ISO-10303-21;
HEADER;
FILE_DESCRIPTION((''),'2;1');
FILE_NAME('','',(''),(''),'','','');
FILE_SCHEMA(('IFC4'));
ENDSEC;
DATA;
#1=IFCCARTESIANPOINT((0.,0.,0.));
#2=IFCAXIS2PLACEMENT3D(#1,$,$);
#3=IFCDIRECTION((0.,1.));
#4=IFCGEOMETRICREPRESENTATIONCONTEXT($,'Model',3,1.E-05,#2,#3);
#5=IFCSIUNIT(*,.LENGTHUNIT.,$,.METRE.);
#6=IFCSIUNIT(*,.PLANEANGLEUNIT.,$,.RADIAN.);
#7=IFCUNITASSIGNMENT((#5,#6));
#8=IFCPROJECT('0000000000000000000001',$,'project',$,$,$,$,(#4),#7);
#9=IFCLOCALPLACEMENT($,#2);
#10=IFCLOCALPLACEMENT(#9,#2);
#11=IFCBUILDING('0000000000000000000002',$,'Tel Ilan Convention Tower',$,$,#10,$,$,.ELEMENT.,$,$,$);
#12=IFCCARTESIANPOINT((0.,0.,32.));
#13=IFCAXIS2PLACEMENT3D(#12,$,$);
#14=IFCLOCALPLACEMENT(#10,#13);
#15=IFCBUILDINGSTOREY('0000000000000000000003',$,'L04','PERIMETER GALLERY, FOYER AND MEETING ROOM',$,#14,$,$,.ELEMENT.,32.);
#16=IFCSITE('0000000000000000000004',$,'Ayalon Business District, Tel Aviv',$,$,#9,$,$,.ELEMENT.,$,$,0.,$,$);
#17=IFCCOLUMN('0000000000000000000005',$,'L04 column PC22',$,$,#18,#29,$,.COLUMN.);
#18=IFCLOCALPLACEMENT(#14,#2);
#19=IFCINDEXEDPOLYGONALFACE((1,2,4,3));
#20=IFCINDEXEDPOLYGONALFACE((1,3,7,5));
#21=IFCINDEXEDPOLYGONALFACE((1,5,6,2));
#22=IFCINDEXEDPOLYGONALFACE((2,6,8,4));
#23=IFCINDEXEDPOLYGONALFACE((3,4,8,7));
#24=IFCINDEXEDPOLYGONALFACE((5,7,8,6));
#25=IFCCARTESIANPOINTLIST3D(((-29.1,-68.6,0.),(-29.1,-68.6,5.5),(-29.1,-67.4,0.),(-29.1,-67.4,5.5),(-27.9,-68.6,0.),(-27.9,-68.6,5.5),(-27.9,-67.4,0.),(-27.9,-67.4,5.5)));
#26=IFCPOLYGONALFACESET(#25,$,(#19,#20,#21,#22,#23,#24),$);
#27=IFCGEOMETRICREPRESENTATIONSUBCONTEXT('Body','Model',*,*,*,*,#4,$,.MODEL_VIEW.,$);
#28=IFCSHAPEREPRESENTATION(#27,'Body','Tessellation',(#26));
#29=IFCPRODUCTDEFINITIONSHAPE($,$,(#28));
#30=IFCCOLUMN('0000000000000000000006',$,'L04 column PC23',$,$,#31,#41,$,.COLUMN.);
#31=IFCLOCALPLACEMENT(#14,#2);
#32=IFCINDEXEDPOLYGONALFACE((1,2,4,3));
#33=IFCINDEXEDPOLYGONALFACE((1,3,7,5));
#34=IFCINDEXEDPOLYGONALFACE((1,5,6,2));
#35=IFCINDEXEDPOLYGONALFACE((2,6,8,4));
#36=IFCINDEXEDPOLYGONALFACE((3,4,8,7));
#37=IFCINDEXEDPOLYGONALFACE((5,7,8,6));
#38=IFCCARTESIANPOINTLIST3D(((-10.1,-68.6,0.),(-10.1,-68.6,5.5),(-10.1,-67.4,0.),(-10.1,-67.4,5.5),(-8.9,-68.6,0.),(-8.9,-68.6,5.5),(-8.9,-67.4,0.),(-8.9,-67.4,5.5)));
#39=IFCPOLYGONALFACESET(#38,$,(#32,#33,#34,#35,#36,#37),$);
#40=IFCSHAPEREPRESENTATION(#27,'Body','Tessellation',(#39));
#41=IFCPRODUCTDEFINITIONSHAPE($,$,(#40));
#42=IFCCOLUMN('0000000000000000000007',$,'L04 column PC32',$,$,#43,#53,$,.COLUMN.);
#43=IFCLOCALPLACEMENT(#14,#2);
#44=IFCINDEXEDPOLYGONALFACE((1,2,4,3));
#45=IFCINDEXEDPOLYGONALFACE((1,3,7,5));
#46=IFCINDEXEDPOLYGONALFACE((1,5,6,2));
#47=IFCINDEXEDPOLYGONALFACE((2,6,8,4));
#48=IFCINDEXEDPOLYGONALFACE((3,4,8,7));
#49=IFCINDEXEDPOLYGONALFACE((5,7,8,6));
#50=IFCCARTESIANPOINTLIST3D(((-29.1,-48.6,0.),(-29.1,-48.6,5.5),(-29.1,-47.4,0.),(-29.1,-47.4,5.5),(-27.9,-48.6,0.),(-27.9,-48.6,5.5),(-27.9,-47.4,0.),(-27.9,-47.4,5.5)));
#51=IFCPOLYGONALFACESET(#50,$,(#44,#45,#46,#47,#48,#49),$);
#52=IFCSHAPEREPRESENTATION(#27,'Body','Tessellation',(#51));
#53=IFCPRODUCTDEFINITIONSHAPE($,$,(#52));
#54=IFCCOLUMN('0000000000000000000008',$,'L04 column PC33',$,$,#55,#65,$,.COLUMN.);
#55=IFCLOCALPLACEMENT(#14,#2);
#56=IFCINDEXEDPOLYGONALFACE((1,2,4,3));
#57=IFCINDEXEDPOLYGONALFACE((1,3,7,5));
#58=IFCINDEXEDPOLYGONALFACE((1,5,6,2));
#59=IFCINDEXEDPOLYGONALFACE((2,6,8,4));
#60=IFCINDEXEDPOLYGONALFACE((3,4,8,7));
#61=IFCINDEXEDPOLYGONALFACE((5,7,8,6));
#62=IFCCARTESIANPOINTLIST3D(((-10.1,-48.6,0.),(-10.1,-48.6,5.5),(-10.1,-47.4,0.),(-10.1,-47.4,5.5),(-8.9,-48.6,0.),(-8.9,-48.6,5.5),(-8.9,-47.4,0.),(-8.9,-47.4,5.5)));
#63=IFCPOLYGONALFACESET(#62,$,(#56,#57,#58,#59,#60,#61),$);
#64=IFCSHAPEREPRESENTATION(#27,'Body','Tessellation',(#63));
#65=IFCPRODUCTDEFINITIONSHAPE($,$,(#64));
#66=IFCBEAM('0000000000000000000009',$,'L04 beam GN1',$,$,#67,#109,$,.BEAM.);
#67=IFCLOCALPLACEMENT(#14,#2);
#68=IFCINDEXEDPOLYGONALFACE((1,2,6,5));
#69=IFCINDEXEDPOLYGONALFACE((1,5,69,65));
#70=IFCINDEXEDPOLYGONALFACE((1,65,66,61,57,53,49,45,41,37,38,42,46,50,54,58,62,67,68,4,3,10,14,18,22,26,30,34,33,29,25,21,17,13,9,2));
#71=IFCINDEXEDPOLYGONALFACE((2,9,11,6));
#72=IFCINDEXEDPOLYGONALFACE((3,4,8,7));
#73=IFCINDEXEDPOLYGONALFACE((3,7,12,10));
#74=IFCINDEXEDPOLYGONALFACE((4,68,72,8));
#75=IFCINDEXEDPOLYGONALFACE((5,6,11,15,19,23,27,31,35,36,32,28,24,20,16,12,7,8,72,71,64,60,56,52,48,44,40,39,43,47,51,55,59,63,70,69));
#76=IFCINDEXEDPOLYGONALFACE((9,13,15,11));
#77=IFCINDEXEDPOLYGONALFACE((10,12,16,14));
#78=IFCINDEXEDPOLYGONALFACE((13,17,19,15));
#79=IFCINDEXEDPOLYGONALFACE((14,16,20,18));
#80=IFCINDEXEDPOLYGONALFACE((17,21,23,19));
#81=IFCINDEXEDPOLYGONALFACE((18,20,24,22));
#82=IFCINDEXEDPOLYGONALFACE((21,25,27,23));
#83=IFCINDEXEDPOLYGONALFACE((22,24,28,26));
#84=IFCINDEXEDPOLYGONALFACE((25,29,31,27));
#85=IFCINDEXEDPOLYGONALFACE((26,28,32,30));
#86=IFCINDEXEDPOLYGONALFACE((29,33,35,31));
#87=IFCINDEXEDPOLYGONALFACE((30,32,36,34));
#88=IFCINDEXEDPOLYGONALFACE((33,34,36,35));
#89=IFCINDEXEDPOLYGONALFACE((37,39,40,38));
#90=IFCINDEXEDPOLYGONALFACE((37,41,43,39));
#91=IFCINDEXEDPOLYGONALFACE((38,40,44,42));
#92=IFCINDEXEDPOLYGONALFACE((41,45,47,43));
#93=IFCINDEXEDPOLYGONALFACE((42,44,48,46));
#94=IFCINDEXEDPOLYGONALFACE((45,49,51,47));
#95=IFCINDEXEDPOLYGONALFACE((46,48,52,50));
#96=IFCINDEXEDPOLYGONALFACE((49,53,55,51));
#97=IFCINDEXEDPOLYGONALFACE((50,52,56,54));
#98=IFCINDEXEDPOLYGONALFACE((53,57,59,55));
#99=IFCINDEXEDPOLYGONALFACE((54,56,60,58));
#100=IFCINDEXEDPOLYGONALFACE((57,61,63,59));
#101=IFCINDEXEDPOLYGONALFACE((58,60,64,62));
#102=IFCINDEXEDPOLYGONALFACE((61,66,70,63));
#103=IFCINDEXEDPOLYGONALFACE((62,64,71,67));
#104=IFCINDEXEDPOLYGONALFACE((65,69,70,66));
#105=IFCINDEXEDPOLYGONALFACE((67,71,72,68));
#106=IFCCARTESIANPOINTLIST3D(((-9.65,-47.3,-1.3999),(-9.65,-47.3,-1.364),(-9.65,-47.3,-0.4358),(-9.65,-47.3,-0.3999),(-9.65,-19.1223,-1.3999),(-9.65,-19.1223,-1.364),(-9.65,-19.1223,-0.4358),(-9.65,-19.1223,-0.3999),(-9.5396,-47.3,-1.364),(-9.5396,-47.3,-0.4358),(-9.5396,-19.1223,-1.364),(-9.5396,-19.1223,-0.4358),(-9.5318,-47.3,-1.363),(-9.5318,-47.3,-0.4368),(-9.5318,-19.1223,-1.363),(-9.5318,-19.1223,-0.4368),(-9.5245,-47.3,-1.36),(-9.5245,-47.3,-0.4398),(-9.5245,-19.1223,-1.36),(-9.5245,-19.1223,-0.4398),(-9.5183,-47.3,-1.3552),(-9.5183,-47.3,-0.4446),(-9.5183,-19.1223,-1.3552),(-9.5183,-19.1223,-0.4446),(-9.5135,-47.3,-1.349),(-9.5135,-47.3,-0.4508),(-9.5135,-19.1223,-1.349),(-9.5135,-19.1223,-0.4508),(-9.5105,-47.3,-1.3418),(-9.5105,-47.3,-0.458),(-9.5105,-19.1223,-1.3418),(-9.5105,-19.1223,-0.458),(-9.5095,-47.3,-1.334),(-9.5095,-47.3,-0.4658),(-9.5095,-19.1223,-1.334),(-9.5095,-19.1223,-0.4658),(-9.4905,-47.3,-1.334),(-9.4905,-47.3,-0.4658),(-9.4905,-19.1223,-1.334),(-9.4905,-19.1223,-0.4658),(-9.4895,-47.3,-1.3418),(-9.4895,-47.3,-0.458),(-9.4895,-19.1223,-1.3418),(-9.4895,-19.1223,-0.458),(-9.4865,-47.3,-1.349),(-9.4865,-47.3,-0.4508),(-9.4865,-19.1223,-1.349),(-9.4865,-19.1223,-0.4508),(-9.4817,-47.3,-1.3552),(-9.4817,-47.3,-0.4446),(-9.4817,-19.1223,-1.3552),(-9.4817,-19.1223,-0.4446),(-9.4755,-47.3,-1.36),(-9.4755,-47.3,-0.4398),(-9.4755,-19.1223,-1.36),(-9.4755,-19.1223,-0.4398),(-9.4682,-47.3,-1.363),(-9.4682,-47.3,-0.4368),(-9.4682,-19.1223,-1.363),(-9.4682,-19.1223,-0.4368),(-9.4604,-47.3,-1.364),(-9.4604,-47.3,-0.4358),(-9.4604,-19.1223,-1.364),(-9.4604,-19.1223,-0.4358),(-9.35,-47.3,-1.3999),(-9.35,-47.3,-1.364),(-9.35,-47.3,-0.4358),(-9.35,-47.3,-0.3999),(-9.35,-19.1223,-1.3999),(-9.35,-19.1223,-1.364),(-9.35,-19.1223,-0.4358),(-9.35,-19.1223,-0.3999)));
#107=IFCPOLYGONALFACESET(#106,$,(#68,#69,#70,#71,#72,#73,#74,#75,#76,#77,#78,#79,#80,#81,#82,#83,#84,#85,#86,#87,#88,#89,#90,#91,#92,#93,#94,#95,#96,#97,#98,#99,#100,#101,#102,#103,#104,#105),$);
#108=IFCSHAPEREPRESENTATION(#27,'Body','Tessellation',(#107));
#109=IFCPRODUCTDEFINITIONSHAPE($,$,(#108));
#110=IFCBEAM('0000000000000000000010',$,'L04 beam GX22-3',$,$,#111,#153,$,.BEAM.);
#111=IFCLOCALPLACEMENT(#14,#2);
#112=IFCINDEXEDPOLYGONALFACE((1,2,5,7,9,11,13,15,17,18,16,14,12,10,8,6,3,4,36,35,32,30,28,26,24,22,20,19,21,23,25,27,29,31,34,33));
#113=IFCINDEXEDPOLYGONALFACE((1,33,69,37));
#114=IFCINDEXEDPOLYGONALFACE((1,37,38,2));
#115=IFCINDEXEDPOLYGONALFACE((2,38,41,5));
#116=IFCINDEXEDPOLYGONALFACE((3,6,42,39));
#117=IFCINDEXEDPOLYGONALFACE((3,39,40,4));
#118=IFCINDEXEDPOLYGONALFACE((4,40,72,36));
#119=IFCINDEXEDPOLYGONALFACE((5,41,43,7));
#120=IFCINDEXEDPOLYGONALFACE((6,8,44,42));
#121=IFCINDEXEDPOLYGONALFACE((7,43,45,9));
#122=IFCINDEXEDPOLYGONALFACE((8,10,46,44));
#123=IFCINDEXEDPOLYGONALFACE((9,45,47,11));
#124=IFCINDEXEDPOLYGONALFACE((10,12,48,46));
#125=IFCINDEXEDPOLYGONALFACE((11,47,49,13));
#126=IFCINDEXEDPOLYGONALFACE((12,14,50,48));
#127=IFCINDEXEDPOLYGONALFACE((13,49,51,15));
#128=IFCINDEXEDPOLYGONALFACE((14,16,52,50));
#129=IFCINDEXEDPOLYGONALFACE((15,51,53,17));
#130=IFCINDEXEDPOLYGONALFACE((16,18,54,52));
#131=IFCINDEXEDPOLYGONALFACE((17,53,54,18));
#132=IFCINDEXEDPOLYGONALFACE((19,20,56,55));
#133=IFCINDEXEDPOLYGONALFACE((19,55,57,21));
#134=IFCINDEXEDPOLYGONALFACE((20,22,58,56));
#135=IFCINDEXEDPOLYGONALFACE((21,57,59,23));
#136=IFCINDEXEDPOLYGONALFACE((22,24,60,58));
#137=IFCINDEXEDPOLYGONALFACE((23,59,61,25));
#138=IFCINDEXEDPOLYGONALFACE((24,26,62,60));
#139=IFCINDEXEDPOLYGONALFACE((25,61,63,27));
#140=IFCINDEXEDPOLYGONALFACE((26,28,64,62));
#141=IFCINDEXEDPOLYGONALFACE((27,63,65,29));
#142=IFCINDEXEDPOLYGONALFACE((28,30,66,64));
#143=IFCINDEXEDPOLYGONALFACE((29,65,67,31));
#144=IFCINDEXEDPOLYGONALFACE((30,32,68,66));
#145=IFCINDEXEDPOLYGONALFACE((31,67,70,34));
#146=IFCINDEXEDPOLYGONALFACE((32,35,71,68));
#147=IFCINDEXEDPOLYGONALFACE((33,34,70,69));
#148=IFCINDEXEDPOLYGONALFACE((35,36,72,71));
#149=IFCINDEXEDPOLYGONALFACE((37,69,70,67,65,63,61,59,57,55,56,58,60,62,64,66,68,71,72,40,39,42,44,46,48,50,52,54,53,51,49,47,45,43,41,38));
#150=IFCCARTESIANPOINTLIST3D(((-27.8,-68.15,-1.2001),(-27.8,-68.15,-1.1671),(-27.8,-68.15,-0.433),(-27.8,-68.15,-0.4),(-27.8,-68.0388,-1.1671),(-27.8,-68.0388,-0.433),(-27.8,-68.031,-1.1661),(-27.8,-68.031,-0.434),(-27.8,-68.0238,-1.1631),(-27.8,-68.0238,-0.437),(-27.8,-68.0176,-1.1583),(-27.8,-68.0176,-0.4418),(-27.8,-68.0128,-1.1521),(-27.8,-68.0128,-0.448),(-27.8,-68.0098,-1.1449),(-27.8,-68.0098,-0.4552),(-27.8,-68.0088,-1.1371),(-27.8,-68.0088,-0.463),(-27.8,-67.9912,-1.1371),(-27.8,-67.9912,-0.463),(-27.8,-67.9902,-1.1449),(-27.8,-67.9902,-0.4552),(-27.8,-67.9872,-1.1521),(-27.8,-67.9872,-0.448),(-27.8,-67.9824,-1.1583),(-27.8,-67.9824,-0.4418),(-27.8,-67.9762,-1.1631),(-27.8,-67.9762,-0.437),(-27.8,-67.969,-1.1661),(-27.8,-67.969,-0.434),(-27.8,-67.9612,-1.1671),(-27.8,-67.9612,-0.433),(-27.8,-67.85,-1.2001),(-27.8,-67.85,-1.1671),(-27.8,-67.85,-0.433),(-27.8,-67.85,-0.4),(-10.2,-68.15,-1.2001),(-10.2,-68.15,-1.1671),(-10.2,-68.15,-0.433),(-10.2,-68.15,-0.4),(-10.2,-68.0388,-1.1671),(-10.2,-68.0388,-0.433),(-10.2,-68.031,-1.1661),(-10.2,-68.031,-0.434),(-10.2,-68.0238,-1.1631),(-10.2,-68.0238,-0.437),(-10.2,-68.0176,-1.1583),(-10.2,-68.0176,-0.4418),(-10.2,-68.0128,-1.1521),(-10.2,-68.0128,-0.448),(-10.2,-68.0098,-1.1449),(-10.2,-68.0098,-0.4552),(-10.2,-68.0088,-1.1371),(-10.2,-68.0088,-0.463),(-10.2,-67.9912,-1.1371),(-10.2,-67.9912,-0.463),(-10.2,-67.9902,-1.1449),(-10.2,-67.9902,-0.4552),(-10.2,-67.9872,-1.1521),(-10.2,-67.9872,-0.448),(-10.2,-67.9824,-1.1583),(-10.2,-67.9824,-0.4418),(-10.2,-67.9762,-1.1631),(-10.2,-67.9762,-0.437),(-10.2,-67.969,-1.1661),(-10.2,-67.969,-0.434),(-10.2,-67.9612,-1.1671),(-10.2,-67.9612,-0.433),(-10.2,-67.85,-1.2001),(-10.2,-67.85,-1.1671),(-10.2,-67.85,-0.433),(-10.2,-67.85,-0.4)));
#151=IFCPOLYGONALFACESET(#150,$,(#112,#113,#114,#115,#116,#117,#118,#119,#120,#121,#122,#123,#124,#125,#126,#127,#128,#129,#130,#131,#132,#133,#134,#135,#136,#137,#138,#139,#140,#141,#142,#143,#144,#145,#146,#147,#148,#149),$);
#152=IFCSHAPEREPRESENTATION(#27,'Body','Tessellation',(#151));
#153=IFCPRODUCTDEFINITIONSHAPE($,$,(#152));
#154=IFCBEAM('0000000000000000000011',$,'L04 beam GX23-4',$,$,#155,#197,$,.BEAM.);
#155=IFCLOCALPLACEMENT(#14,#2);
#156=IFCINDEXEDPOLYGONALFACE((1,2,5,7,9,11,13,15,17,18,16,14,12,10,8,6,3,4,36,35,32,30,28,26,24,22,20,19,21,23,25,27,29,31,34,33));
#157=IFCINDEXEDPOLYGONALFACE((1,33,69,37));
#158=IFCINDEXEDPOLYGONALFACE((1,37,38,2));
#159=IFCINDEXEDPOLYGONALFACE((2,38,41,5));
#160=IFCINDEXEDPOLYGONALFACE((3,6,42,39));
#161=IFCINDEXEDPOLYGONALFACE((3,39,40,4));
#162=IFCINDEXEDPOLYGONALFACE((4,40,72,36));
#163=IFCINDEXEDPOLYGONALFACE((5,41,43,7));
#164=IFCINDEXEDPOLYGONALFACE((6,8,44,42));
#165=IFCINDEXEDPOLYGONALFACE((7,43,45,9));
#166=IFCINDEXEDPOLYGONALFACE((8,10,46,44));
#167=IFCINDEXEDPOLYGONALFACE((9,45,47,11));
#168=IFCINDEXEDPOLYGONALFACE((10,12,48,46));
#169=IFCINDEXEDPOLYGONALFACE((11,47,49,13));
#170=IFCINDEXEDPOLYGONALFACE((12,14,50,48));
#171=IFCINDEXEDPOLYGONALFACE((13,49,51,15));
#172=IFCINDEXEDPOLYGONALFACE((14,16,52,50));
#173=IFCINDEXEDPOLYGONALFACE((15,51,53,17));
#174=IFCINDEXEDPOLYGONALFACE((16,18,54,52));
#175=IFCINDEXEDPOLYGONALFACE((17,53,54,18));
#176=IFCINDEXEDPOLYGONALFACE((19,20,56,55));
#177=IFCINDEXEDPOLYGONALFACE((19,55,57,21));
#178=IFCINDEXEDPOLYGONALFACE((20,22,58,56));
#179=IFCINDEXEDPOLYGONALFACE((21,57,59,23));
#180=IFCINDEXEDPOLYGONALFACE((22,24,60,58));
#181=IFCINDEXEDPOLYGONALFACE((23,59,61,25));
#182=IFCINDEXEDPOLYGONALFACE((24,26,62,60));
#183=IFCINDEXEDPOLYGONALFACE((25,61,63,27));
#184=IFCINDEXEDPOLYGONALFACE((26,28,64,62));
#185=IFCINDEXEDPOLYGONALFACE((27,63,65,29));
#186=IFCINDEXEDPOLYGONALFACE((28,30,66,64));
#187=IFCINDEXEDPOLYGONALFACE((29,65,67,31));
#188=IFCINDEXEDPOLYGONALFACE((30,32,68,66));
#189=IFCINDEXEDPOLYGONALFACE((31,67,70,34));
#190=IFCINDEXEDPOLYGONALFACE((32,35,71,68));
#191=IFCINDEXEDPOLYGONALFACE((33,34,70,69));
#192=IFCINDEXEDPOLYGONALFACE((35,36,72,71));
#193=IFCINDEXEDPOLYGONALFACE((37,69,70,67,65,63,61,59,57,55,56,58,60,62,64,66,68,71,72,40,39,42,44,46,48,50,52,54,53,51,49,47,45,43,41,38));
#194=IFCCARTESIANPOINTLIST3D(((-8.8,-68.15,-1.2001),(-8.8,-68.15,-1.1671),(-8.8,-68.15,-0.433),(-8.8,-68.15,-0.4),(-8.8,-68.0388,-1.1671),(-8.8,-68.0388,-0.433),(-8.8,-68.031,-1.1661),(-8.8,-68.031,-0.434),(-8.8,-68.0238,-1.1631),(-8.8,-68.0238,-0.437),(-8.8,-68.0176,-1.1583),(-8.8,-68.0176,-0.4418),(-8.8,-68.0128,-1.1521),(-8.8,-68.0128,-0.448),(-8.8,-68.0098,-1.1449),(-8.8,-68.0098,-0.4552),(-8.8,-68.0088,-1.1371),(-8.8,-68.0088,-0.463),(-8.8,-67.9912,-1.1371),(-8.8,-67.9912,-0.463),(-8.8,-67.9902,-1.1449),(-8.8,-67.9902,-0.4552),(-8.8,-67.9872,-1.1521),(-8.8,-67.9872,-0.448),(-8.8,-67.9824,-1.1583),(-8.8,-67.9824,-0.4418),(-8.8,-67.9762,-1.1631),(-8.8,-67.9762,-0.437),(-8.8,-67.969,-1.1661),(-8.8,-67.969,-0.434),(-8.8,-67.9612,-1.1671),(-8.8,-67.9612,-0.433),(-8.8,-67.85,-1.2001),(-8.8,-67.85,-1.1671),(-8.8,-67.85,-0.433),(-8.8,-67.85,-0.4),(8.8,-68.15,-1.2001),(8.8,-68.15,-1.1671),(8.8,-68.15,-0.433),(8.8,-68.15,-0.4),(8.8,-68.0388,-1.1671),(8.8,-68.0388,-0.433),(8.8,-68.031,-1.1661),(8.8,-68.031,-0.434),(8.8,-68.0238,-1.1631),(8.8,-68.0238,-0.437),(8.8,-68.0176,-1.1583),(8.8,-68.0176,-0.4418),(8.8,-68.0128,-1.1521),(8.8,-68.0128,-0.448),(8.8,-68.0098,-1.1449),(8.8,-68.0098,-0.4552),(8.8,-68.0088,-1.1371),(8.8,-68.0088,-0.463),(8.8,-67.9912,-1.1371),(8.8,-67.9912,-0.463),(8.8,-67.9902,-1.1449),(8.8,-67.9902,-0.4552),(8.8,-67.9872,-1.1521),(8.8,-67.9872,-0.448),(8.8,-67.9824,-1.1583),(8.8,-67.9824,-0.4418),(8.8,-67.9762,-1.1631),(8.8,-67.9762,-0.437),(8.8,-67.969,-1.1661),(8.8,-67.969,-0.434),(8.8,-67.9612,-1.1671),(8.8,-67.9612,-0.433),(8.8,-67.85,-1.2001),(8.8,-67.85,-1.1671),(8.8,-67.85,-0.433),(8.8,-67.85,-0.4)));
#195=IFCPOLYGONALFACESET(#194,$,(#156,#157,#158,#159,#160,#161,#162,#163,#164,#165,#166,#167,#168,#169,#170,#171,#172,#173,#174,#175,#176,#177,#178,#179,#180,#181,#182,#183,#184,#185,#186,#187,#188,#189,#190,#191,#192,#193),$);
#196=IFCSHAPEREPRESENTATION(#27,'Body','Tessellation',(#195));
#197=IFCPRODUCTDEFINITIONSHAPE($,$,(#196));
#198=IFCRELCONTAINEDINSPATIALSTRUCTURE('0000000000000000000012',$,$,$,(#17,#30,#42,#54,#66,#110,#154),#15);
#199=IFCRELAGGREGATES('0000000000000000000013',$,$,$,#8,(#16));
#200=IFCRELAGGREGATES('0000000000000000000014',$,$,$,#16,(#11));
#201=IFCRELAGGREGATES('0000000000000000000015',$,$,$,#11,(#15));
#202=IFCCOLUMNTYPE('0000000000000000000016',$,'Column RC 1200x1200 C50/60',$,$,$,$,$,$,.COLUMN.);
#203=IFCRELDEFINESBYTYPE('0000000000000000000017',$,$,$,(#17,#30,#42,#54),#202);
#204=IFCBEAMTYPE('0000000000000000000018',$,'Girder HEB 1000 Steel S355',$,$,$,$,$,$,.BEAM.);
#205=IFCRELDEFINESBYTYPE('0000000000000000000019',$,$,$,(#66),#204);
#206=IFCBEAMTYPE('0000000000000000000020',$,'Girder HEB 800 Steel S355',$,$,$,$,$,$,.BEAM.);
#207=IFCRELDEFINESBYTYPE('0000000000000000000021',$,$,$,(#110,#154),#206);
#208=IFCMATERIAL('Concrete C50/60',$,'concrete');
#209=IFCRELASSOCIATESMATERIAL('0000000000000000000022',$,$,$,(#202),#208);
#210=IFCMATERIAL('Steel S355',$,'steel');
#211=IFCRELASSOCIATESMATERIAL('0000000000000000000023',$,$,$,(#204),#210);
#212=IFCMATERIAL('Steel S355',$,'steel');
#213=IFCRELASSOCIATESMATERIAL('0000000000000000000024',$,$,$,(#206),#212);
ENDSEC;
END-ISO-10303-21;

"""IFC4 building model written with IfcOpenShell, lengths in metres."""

from ifc_helpers import new_model, si_unit, direction, frame, origin, origin_2d, place, context, subcontext, project, spatial, rectangle, i_section, extrude, material, material_profile, profile_set, type_object, element, save


model = new_model("IFC4")

# Units and contexts
model_context = context("Model", 3, precision=1e-05, world=origin(), true_north=direction((0.0, 1.0)))
body_context = subcontext(model_context, "Body", "Model", "MODEL_VIEW")
ifc_project = project(units=[si_unit("LENGTHUNIT", "METRE"), si_unit("PLANEANGLEUNIT", "RADIAN")], contexts=[model_context])

# Site, building, storey
site_placement = place(None, origin())
site = spatial("IfcSite", under=ifc_project, at=site_placement, Name="Ayalon Business District, Tel Aviv", CompositionType="ELEMENT", RefElevation=0.0)
building_placement = place(site_placement, origin())
building = spatial("IfcBuilding", under=site, at=building_placement, Name="Tel Ilan Convention Tower", CompositionType="ELEMENT")
storey_placement = place(building_placement, frame((0.0, 0.0, 32.0)))
storey = spatial("IfcBuildingStorey", under=building, at=storey_placement, Name="L04", Description="PERIMETER GALLERY, FOYER AND MEETING ROOM", CompositionType="ELEMENT", Elevation=32.0)

# Columns
ifc_material_1 = material(Name="Concrete C50/60", Category="concrete")
ifc_material_profile_1 = material_profile(ifc_material_1, rectangle(XDim=1.2, YDim=1.2, at=origin_2d()), Name="RC 1200x1200")
ifc_profile_set_1 = profile_set([ifc_material_profile_1], Name="Concrete C50/60")
column_type = type_object("IfcColumnType", Name="Column RC 1200x1200 C50/60", PredefinedType="COLUMN", material=ifc_profile_set_1)
for number, where, z_axis, x_axis, name in (
    (1, (-28.5, -68.0, 0.0), (0.0, 0.0, 1.0), (1.0, 0.0, 0.0), "L04 column PC22"),
    (2, (-9.5, -68.0, 0.0), (0.0, 0.0, 1.0), (1.0, 0.0, 0.0), "L04 column PC23"),
    (3, (-28.5, -48.0, 0.0), (0.0, 0.0, 1.0), (1.0, 0.0, 0.0), "L04 column PC32"),
    (4, (-9.5, -48.0, 0.0), (0.0, 0.0, 1.0), (1.0, 0.0, 0.0), "L04 column PC33"),
):
    element("IfcColumn", number, at=place(storey_placement, frame(where, z_axis=z_axis, x_axis=x_axis)), inside=storey, type_object=column_type, Name=name, PredefinedType="COLUMN", context=body_context, shape_type="SweptSolid", body=[
        extrude(rectangle(XDim=1.2, YDim=1.2, at=origin_2d()), origin(), (0.0, 0.0, 1.0), 5.5),
    ])

# Beams
ifc_material_2 = material(Name="Steel S355", Category="steel")
ifc_material_profile_2 = material_profile(ifc_material_2, i_section(OverallWidth=0.3, OverallDepth=1.0, WebThickness=0.019, FlangeThickness=0.0359, FilletRadius=0.03, at=origin_2d()), Name="HEB 1000")
ifc_profile_set_2 = profile_set([ifc_material_profile_2], Name="Steel S355")
beam_type_1 = type_object("IfcBeamType", Name="Girder HEB 1000 Steel S355", PredefinedType="BEAM", material=ifc_profile_set_2)
beam_1_placement = place(storey_placement, frame((-9.5, -47.3, -0.8999), z_axis=(0.0, 1.0, 0.0), x_axis=(-1.0, 0.0, 0.0)))
element("IfcBeam", 5, at=beam_1_placement, inside=storey, type_object=beam_type_1, Name="L04 beam GN1", PredefinedType="BEAM", context=body_context, shape_type="SweptSolid", body=[
    extrude(i_section(OverallWidth=0.3, OverallDepth=1.0, WebThickness=0.019, FlangeThickness=0.0359, FilletRadius=0.03, at=origin_2d()), origin(), (0.0, 0.0, 1.0), 28.1777),
])
ifc_material_3 = material(Name="Steel S355", Category="steel")
ifc_material_profile_3 = material_profile(ifc_material_3, i_section(OverallWidth=0.3, OverallDepth=0.8, WebThickness=0.0176, FlangeThickness=0.033, FilletRadius=0.03, at=origin_2d()), Name="HEB 800")
ifc_profile_set_3 = profile_set([ifc_material_profile_3], Name="Steel S355")
beam_type_2 = type_object("IfcBeamType", Name="Girder HEB 800 Steel S355", PredefinedType="BEAM", material=ifc_profile_set_3)
for number, where, z_axis, x_axis, name in (
    (6, (-27.8, -68.0, -0.8), (1.0, 0.0, 0.0), (0.0, 1.0, 0.0), "L04 beam GX22-3"),
    (7, (-8.8, -68.0, -0.8), (1.0, 0.0, 0.0), (0.0, 1.0, 0.0), "L04 beam GX23-4"),
):
    element("IfcBeam", number, at=place(storey_placement, frame(where, z_axis=z_axis, x_axis=x_axis)), inside=storey, type_object=beam_type_2, Name=name, PredefinedType="BEAM", context=body_context, shape_type="SweptSolid", body=[
        extrude(i_section(OverallWidth=0.3, OverallDepth=0.8, WebThickness=0.0176, FlangeThickness=0.033, FilletRadius=0.03, at=origin_2d()), origin(), (0.0, 0.0, 1.0), 17.6001),
    ])

save(model, "model.ifc")
